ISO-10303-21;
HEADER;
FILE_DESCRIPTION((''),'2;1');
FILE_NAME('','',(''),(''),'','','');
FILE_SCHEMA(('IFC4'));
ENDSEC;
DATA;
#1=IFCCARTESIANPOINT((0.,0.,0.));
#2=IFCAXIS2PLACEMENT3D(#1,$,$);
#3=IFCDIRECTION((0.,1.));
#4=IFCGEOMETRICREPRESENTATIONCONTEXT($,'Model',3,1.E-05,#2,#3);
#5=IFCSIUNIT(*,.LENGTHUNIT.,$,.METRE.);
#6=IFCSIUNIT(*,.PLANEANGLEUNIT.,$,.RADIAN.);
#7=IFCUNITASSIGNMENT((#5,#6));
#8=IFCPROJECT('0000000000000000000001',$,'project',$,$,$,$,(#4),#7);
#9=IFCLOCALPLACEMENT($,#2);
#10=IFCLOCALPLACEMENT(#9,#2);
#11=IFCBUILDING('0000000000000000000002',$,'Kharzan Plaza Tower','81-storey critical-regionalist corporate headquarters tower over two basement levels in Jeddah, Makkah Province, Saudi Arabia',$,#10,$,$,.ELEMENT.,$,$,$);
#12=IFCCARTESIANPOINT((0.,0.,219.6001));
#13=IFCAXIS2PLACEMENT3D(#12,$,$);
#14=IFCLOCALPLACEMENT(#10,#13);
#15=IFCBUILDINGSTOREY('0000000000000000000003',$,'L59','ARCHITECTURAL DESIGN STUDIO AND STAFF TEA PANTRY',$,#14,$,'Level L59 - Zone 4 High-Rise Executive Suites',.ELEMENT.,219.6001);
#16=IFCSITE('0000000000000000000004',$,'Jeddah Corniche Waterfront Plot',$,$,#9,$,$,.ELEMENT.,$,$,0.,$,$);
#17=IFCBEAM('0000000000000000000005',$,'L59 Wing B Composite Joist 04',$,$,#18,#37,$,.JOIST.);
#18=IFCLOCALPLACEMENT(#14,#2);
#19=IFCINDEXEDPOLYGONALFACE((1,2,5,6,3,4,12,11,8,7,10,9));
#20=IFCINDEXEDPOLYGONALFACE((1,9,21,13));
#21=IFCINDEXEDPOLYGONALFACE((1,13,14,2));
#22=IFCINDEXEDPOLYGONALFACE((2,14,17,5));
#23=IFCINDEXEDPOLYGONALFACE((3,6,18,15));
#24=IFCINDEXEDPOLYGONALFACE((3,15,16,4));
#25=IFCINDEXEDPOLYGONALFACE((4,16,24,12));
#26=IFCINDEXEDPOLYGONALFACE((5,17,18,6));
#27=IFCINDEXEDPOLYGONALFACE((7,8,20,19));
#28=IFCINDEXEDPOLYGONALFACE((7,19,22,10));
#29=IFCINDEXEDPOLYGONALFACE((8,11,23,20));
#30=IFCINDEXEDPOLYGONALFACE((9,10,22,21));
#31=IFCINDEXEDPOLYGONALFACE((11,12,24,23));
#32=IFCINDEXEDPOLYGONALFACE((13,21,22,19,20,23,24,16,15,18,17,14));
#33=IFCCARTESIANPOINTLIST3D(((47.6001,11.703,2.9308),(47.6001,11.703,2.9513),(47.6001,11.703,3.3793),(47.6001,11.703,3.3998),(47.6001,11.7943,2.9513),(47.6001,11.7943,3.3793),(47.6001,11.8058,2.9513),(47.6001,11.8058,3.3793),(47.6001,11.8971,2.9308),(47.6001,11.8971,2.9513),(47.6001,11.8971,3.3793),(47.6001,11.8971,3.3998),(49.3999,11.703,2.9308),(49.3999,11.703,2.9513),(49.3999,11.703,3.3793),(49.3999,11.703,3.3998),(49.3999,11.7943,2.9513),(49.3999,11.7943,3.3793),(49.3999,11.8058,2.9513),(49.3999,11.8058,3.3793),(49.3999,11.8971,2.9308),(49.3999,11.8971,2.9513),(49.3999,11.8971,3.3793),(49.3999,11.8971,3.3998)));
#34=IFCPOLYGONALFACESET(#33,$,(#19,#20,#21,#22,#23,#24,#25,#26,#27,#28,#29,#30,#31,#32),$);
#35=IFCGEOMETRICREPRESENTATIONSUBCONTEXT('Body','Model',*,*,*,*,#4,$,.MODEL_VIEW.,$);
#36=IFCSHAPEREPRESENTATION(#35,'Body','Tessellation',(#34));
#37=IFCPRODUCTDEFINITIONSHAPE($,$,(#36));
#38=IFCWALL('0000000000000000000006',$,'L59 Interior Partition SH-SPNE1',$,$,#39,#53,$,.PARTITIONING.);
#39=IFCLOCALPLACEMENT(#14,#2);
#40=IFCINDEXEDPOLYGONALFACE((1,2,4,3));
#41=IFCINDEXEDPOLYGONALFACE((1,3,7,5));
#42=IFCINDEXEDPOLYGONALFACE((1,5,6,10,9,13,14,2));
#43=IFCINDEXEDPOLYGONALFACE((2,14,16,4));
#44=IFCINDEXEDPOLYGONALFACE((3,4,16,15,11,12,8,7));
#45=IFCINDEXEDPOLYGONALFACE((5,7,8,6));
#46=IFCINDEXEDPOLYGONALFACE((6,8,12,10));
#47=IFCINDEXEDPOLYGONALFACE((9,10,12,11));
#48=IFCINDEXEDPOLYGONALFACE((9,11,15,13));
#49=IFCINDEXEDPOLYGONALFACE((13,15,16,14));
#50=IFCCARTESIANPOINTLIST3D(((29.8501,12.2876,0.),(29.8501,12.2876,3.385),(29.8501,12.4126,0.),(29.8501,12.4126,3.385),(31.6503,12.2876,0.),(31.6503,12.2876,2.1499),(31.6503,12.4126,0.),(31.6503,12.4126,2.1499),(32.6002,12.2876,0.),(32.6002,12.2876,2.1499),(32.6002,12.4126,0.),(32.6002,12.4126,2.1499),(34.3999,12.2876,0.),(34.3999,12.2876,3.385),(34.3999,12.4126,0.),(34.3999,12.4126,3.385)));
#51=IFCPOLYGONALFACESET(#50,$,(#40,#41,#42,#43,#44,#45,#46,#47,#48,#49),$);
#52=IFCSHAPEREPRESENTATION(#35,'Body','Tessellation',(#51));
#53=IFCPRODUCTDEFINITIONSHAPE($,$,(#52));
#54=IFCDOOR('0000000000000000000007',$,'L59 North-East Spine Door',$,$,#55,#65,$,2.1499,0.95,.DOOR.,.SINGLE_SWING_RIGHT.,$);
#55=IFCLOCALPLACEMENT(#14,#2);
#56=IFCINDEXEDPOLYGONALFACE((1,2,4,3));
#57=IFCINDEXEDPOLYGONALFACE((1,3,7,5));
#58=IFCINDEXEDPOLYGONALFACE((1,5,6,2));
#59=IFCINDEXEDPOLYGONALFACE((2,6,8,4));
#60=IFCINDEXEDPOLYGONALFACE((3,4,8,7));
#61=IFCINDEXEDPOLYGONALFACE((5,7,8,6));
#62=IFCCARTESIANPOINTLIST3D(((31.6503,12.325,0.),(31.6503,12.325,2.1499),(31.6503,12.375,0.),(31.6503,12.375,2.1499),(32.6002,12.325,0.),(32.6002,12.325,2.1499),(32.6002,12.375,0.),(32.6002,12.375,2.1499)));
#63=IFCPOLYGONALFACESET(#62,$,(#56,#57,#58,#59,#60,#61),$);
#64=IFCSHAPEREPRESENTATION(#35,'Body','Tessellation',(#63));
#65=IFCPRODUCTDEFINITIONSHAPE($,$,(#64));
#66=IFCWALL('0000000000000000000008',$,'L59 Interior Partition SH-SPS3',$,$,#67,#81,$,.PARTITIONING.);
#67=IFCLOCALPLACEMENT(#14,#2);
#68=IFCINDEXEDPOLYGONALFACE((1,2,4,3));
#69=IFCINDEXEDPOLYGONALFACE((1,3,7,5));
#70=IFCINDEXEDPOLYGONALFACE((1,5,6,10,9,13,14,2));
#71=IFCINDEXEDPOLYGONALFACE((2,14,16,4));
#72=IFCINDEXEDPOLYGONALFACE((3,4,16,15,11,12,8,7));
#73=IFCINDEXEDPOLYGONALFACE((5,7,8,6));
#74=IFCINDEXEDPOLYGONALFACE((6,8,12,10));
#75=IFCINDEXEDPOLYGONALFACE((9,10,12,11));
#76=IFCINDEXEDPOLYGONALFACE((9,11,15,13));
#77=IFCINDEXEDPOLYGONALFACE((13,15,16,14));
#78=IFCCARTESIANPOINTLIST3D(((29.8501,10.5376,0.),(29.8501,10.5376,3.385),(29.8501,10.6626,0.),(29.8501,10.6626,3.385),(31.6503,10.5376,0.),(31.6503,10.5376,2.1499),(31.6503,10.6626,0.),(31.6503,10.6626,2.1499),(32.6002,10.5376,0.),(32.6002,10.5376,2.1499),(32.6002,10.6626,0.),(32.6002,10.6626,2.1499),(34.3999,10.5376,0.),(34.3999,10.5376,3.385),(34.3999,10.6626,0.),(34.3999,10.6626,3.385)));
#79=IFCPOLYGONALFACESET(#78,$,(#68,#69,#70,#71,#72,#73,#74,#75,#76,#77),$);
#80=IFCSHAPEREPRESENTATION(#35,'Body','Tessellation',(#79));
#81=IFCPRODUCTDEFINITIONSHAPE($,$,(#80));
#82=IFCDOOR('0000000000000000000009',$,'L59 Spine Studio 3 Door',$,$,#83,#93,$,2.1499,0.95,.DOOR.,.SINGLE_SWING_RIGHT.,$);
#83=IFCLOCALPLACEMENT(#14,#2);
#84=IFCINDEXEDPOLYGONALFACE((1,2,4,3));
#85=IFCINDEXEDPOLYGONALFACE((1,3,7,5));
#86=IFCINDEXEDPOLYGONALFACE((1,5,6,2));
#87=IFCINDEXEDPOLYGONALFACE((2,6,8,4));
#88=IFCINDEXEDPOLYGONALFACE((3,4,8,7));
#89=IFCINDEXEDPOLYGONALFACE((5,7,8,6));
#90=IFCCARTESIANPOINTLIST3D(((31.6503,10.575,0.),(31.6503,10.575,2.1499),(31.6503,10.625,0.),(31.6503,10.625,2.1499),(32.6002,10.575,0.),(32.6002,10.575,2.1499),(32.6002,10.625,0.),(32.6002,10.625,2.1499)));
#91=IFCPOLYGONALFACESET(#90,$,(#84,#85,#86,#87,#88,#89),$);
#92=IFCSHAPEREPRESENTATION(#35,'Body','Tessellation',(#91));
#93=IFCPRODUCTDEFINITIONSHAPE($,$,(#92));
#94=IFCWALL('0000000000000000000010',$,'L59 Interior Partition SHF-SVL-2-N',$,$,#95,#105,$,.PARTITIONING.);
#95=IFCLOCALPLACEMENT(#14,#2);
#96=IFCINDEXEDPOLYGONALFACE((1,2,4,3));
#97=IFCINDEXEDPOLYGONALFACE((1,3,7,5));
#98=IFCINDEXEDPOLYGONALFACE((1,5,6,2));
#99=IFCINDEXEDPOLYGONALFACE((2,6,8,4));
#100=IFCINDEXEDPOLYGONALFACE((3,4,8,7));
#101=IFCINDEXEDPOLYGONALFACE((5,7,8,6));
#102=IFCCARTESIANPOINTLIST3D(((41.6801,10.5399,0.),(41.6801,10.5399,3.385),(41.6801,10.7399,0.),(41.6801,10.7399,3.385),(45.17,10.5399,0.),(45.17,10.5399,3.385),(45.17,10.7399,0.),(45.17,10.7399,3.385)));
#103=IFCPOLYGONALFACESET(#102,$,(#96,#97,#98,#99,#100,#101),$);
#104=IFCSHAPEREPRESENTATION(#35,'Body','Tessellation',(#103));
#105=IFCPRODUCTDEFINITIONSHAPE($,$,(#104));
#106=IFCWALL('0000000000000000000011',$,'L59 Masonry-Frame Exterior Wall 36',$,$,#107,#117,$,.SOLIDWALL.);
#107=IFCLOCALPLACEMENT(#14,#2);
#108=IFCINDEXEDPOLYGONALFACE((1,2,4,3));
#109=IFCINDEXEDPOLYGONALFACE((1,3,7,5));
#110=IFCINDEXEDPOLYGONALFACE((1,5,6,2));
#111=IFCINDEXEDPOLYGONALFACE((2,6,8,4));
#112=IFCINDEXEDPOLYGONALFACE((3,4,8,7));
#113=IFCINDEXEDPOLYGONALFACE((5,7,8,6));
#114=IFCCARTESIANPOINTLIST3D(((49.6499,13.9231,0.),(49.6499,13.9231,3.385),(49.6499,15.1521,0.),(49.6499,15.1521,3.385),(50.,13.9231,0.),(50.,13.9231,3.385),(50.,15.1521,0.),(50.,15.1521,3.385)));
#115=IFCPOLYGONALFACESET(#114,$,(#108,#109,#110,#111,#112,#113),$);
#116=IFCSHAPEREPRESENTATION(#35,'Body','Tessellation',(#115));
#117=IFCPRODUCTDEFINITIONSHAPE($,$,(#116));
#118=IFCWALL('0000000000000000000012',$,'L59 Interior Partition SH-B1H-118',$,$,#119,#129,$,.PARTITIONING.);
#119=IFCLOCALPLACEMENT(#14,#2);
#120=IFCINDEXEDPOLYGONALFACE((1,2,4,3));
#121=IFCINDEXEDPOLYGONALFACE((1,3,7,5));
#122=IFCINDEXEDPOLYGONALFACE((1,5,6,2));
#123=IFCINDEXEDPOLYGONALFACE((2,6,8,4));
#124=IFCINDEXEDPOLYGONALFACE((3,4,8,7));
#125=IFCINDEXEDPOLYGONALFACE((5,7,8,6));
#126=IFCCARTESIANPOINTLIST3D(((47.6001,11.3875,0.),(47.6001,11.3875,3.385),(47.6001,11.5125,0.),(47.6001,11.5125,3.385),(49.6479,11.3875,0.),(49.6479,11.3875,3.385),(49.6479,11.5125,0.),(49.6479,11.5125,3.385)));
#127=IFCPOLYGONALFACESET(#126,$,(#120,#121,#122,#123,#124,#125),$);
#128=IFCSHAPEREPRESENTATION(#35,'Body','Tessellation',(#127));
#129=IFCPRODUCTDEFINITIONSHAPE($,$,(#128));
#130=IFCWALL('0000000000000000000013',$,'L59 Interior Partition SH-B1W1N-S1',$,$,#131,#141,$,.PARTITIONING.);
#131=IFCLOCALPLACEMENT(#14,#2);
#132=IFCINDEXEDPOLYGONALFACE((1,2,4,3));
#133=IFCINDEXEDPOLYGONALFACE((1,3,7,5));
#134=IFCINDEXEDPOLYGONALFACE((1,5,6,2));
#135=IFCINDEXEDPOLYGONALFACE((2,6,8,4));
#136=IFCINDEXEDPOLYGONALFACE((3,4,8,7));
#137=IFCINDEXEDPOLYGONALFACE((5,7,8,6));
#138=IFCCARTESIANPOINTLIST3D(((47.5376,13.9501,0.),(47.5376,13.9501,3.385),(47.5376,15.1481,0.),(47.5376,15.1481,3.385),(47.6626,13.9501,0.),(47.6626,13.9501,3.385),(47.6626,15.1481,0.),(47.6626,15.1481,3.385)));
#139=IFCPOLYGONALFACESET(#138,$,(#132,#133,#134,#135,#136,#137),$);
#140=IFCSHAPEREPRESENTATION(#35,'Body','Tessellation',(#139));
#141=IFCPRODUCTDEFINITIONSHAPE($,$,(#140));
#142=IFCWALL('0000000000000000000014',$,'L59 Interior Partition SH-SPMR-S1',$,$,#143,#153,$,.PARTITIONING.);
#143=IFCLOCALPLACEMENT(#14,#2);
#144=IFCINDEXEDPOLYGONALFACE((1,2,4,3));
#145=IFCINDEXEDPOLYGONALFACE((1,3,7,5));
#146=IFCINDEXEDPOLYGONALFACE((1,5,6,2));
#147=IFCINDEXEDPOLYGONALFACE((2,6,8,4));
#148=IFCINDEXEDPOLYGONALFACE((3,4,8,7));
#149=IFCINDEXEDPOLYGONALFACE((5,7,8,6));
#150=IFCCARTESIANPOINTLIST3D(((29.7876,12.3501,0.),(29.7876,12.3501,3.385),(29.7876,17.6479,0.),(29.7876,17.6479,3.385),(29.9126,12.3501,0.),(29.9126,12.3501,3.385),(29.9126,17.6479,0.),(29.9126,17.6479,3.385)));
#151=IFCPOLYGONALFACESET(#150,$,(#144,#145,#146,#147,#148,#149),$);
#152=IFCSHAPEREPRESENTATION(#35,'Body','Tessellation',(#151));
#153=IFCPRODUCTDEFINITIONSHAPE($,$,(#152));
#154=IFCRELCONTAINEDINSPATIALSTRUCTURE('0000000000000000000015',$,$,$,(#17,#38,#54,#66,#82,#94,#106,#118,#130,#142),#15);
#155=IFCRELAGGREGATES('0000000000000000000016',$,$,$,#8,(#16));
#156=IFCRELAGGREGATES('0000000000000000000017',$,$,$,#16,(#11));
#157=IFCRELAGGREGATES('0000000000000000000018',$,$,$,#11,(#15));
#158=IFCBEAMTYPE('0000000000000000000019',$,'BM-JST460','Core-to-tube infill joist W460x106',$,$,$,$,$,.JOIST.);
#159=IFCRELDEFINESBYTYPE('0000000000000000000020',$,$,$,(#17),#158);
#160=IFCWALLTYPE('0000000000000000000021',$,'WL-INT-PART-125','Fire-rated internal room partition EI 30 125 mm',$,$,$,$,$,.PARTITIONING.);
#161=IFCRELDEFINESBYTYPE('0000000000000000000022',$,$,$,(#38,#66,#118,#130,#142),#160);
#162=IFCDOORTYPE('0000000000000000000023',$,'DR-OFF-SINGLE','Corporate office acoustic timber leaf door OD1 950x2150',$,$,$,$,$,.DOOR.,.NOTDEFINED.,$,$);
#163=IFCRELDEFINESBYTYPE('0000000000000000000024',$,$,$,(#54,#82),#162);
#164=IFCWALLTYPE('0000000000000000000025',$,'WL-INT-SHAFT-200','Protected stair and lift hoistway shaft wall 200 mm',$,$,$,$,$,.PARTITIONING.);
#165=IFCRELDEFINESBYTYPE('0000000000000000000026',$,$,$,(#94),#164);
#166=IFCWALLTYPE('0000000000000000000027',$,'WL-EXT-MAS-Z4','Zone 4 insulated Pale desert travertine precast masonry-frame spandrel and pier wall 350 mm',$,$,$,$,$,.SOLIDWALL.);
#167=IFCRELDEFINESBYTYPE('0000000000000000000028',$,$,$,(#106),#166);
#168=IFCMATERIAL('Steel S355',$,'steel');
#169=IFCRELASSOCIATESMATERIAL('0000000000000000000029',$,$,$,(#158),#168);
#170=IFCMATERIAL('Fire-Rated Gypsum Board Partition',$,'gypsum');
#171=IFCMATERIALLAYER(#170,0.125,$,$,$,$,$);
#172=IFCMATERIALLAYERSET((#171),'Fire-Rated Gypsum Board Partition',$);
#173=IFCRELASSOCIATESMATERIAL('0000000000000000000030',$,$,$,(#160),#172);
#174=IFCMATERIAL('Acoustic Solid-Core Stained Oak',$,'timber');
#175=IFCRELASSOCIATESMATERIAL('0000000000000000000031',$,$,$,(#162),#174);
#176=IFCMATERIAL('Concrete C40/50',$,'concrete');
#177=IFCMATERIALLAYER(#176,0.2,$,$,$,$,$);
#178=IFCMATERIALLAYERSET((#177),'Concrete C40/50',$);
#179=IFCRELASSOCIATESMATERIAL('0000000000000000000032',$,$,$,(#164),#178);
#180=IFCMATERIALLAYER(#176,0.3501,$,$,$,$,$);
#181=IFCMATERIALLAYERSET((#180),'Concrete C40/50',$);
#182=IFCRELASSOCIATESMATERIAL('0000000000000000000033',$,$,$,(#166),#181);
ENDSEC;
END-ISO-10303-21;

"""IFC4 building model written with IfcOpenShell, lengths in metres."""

from ifc_helpers import new_model, si_unit, direction, frame, frame_2d, origin, origin_2d, place, context, subcontext, project, spatial, rectangle, i_section, extrude, source, transform, mapped, material, layer, layer_set, material_profile, profile_set, type_object, element, fill, save


model = new_model("IFC4")

# Units and contexts
model_context = context("Model", 3, precision=1e-05, world=origin(), true_north=direction((0.0, 1.0)))
body_context = subcontext(model_context, "Body", "Model", "MODEL_VIEW")
ifc_project = project(units=[si_unit("LENGTHUNIT", "METRE"), si_unit("PLANEANGLEUNIT", "RADIAN")], contexts=[model_context])

# Site, building, storey
site_placement = place(None, origin())
site = spatial("IfcSite", under=ifc_project, at=site_placement, Name="Jeddah Corniche Waterfront Plot", CompositionType="ELEMENT", RefElevation=0.0)
building_placement = place(site_placement, origin())
building = spatial("IfcBuilding", under=site, at=building_placement, Name="Kharzan Plaza Tower", Description="81-storey critical-regionalist corporate headquarters tower over two basement levels in Jeddah, Makkah Province, Saudi Arabia", CompositionType="ELEMENT")
storey_placement = place(building_placement, frame((0.0, 0.0, 219.6001)))
storey = spatial("IfcBuildingStorey", under=building, at=storey_placement, Name="L59", Description="ARCHITECTURAL DESIGN STUDIO AND STAFF TEA PANTRY", LongName="Level L59 - Zone 4 High-Rise Executive Suites", CompositionType="ELEMENT", Elevation=219.6001)

# Beam
ifc_material_1 = material(Name="Steel S355", Category="steel")
ifc_material_profile_1 = material_profile(ifc_material_1, i_section(OverallWidth=0.1941, OverallDepth=0.469, WebThickness=0.0115, FlangeThickness=0.0205, at=origin_2d()), Name="W460x106")
ifc_profile_set_1 = profile_set([ifc_material_profile_1], Name="Steel S355")
beam_type_1 = type_object("IfcBeamType", Name="BM-JST460", Description="Core-to-tube infill joist W460x106", PredefinedType="JOIST", material=ifc_profile_set_1)
shared_shape_1 = source(origin(), body_context, "Body", "SweptSolid", [
    extrude(i_section(OverallWidth=0.1941, OverallDepth=0.469, WebThickness=0.0115, FlangeThickness=0.0205, at=origin_2d()), origin(), (0.0, 0.0, 1.0), 1.7998),
])
beam_1_placement = place(storey_placement, frame((47.6001, 11.8, 3.1653), z_axis=(1.0, 0.0, 0.0), x_axis=(0.0, 1.0, 0.0)))
element("IfcBeam", 1, at=beam_1_placement, inside=storey, type_object=beam_type_1, Name="L59 Wing B Composite Joist 04", PredefinedType="JOIST", context=body_context, shape_type="MappedRepresentation", body=[
    mapped(shared_shape_1, transform((0.0, 0.0, 0.0), x_axis=(1.0, 0.0, 0.0), y_axis=(0.0, 1.0, 0.0), z_axis=(0.0, 0.0, 1.0))),
])

# Walls, openings, doors
ifc_material_2 = material(Name="Fire-Rated Gypsum Board Partition", Category="gypsum")
ifc_layer_1 = layer(ifc_material_2, 0.125)
ifc_layer_set_1 = layer_set([ifc_layer_1], Name="Fire-Rated Gypsum Board Partition")
wall_type_1 = type_object("IfcWallType", Name="WL-INT-PART-125", Description="Fire-rated internal room partition EI 30 125 mm", PredefinedType="PARTITIONING", material=ifc_layer_set_1)
ifc_material_3 = material(Name="Acoustic Solid-Core Stained Oak", Category="timber")
door_type = type_object("IfcDoorType", Name="DR-OFF-SINGLE", Description="Corporate office acoustic timber leaf door OD1 950x2150", OperationType="NOTDEFINED", PredefinedType="DOOR", material=ifc_material_3)
shared_shape_2 = source(origin(), body_context, "Body", "SweptSolid", [
    extrude(rectangle(XDim=0.95, YDim=2.1499, at=frame_2d((0.4751, 1.075))), frame((0.0, 0.0249, 0.0), z_axis=(0.0, -1.0, 0.0), x_axis=(1.0, 0.0, 0.0)), (0.0, 0.0, 1.0), 0.05),
])
wall_1_placement = place(storey_placement, frame((29.8501, 12.3501, 0.0), z_axis=(0.0, 0.0, 1.0), x_axis=(1.0, 0.0, 0.0)))
wall_1 = element("IfcWall", 2, at=wall_1_placement, inside=storey, type_object=wall_type_1, Name="L59 Interior Partition SH-SPNE1", PredefinedType="PARTITIONING", context=body_context, shape_type="SweptSolid", body=[
    extrude(rectangle(XDim=4.5498, YDim=0.125, at=frame_2d((2.2749, 0.0))), origin(), (0.0, 0.0, 1.0), 3.385),
])
opening_1_placement = place(wall_1_placement, frame((1.8, 0.0, 0.0)))
opening_1 = element("IfcOpeningElement", 3, at=opening_1_placement, cuts=wall_1, PredefinedType="OPENING", context=body_context, shape_type="SweptSolid", body=[
    extrude(rectangle(XDim=0.95, YDim=2.1499, at=frame_2d((0.4751, 1.075))), frame((0.0, 0.0725, 0.0), z_axis=(0.0, -1.0, 0.0), x_axis=(1.0, 0.0, 0.0)), (0.0, 0.0, 1.0), 0.145),
])
door_1_placement = place(opening_1_placement, origin())
door_1 = element("IfcDoor", 4, at=door_1_placement, inside=storey, type_object=door_type, Name="L59 North-East Spine Door", OperationType="SINGLE_SWING_RIGHT", OverallHeight=2.1499, OverallWidth=0.95, PredefinedType="DOOR", context=body_context, shape_type="MappedRepresentation", body=[
    mapped(shared_shape_2, transform((0.0, 0.0, 0.0), x_axis=(1.0, 0.0, 0.0), y_axis=(0.0, 1.0, 0.0), z_axis=(0.0, 0.0, 1.0))),
])
fill(opening_1, door_1)
wall_2_placement = place(storey_placement, frame((29.8501, 10.6001, 0.0), z_axis=(0.0, 0.0, 1.0), x_axis=(1.0, 0.0, 0.0)))
wall_2 = element("IfcWall", 5, at=wall_2_placement, inside=storey, type_object=wall_type_1, Name="L59 Interior Partition SH-SPS3", PredefinedType="PARTITIONING", context=body_context, shape_type="SweptSolid", body=[
    extrude(rectangle(XDim=4.5498, YDim=0.125, at=frame_2d((2.2749, 0.0))), origin(), (0.0, 0.0, 1.0), 3.385),
])
opening_2_placement = place(wall_2_placement, frame((1.8, 0.0, 0.0)))
opening_2 = element("IfcOpeningElement", 6, at=opening_2_placement, cuts=wall_2, PredefinedType="OPENING", context=body_context, shape_type="SweptSolid", body=[
    extrude(rectangle(XDim=0.95, YDim=2.1499, at=frame_2d((0.4751, 1.075))), frame((0.0, 0.0725, 0.0), z_axis=(0.0, -1.0, 0.0), x_axis=(1.0, 0.0, 0.0)), (0.0, 0.0, 1.0), 0.145),
])
door_2_placement = place(opening_2_placement, origin())
door_2 = element("IfcDoor", 7, at=door_2_placement, inside=storey, type_object=door_type, Name="L59 Spine Studio 3 Door", OperationType="SINGLE_SWING_RIGHT", OverallHeight=2.1499, OverallWidth=0.95, PredefinedType="DOOR", context=body_context, shape_type="MappedRepresentation", body=[
    mapped(shared_shape_2, transform((0.0, 0.0, 0.0), x_axis=(1.0, 0.0, 0.0), y_axis=(0.0, 1.0, 0.0), z_axis=(0.0, 0.0, 1.0))),
])
fill(opening_2, door_2)

# Walls
ifc_material_4 = material(Name="Concrete C40/50", Category="concrete")
ifc_layer_2 = layer(ifc_material_4, 0.2)
ifc_layer_set_2 = layer_set([ifc_layer_2], Name="Concrete C40/50")
wall_type_2 = type_object("IfcWallType", Name="WL-INT-SHAFT-200", Description="Protected stair and lift hoistway shaft wall 200 mm", PredefinedType="PARTITIONING", material=ifc_layer_set_2)
shared_shape_3 = source(origin(), body_context, "Body", "SweptSolid", [
    extrude(rectangle(XDim=3.49, YDim=0.2, at=frame_2d((1.7451, 0.0))), origin(), (0.0, 0.0, 1.0), 3.385),
])
wall_3_placement = place(storey_placement, frame((41.6799, 10.6399, 0.0), z_axis=(0.0, 0.0, 1.0), x_axis=(1.0, 0.0, 0.0)))
element("IfcWall", 8, at=wall_3_placement, inside=storey, type_object=wall_type_2, Name="L59 Interior Partition SHF-SVL-2-N", PredefinedType="PARTITIONING", context=body_context, shape_type="MappedRepresentation", body=[
    mapped(shared_shape_3, transform((0.0, 0.0, 0.0), x_axis=(1.0, 0.0, 0.0), y_axis=(0.0, 1.0, 0.0), z_axis=(0.0, 0.0, 1.0))),
])
ifc_layer_3 = layer(ifc_material_4, 0.3501)
ifc_layer_set_3 = layer_set([ifc_layer_3], Name="Concrete C40/50")
wall_type_3 = type_object("IfcWallType", Name="WL-EXT-MAS-Z4", Description="Zone 4 insulated Pale desert travertine precast masonry-frame spandrel and pier wall 350 mm", PredefinedType="SOLIDWALL", material=ifc_layer_set_3)
shared_shape_4 = source(origin(), body_context, "Body", "SweptSolid", [
    extrude(rectangle(XDim=1.229, YDim=0.3501, at=frame_2d((0.6145, 0.0))), origin(), (0.0, 0.0, 1.0), 3.385),
])
wall_4_placement = place(storey_placement, frame((49.825, 13.9231, 0.0), z_axis=(0.0, 0.0, 1.0), x_axis=(0.0, 1.0, 0.0)))
element("IfcWall", 9, at=wall_4_placement, inside=storey, type_object=wall_type_3, Name="L59 Masonry-Frame Exterior Wall 36", PredefinedType="SOLIDWALL", context=body_context, shape_type="MappedRepresentation", body=[
    mapped(shared_shape_4, transform((0.0, 0.0, 0.0), x_axis=(1.0, 0.0, 0.0), y_axis=(0.0, 1.0, 0.0), z_axis=(0.0, 0.0, 1.0))),
])
shared_shape_5 = source(origin(), body_context, "Body", "SweptSolid", [
    extrude(rectangle(XDim=2.0479, YDim=0.125, at=frame_2d((1.0239, 0.0))), origin(), (0.0, 0.0, 1.0), 3.385),
])
wall_5_placement = place(storey_placement, frame((47.6001, 11.45, 0.0), z_axis=(0.0, 0.0, 1.0), x_axis=(1.0, 0.0, 0.0)))
element("IfcWall", 10, at=wall_5_placement, inside=storey, type_object=wall_type_1, Name="L59 Interior Partition SH-B1H-118", PredefinedType="PARTITIONING", context=body_context, shape_type="MappedRepresentation", body=[
    mapped(shared_shape_5, transform((0.0, 0.0, 0.0), x_axis=(1.0, 0.0, 0.0), y_axis=(0.0, 1.0, 0.0), z_axis=(0.0, 0.0, 1.0))),
])
shared_shape_6 = source(origin(), body_context, "Body", "SweptSolid", [
    extrude(rectangle(XDim=1.198, YDim=0.125, at=frame_2d((0.5991, 0.0))), origin(), (0.0, 0.0, 1.0), 3.385),
])
wall_6_placement = place(storey_placement, frame((47.6001, 13.95, 0.0), z_axis=(0.0, 0.0, 1.0), x_axis=(0.0, 1.0, 0.0)))
element("IfcWall", 11, at=wall_6_placement, inside=storey, type_object=wall_type_1, Name="L59 Interior Partition SH-B1W1N-S1", PredefinedType="PARTITIONING", context=body_context, shape_type="MappedRepresentation", body=[
    mapped(shared_shape_6, transform((0.0, 0.0, 0.0), x_axis=(1.0, 0.0, 0.0), y_axis=(0.0, 1.0, 0.0), z_axis=(0.0, 0.0, 1.0))),
])
shared_shape_7 = source(origin(), body_context, "Body", "SweptSolid", [
    extrude(rectangle(XDim=5.2979, YDim=0.125, at=frame_2d((2.6489, 0.0))), origin(), (0.0, 0.0, 1.0), 3.385),
])
wall_7_placement = place(storey_placement, frame((29.8501, 12.3501, 0.0), z_axis=(0.0, 0.0, 1.0), x_axis=(0.0, 1.0, 0.0)))
element("IfcWall", 12, at=wall_7_placement, inside=storey, type_object=wall_type_1, Name="L59 Interior Partition SH-SPMR-S1", PredefinedType="PARTITIONING", context=body_context, shape_type="MappedRepresentation", body=[
    mapped(shared_shape_7, transform((0.0, 0.0, 0.0), x_axis=(1.0, 0.0, 0.0), y_axis=(0.0, 1.0, 0.0), z_axis=(0.0, 0.0, 1.0))),
])

save(model, "model.ifc")
